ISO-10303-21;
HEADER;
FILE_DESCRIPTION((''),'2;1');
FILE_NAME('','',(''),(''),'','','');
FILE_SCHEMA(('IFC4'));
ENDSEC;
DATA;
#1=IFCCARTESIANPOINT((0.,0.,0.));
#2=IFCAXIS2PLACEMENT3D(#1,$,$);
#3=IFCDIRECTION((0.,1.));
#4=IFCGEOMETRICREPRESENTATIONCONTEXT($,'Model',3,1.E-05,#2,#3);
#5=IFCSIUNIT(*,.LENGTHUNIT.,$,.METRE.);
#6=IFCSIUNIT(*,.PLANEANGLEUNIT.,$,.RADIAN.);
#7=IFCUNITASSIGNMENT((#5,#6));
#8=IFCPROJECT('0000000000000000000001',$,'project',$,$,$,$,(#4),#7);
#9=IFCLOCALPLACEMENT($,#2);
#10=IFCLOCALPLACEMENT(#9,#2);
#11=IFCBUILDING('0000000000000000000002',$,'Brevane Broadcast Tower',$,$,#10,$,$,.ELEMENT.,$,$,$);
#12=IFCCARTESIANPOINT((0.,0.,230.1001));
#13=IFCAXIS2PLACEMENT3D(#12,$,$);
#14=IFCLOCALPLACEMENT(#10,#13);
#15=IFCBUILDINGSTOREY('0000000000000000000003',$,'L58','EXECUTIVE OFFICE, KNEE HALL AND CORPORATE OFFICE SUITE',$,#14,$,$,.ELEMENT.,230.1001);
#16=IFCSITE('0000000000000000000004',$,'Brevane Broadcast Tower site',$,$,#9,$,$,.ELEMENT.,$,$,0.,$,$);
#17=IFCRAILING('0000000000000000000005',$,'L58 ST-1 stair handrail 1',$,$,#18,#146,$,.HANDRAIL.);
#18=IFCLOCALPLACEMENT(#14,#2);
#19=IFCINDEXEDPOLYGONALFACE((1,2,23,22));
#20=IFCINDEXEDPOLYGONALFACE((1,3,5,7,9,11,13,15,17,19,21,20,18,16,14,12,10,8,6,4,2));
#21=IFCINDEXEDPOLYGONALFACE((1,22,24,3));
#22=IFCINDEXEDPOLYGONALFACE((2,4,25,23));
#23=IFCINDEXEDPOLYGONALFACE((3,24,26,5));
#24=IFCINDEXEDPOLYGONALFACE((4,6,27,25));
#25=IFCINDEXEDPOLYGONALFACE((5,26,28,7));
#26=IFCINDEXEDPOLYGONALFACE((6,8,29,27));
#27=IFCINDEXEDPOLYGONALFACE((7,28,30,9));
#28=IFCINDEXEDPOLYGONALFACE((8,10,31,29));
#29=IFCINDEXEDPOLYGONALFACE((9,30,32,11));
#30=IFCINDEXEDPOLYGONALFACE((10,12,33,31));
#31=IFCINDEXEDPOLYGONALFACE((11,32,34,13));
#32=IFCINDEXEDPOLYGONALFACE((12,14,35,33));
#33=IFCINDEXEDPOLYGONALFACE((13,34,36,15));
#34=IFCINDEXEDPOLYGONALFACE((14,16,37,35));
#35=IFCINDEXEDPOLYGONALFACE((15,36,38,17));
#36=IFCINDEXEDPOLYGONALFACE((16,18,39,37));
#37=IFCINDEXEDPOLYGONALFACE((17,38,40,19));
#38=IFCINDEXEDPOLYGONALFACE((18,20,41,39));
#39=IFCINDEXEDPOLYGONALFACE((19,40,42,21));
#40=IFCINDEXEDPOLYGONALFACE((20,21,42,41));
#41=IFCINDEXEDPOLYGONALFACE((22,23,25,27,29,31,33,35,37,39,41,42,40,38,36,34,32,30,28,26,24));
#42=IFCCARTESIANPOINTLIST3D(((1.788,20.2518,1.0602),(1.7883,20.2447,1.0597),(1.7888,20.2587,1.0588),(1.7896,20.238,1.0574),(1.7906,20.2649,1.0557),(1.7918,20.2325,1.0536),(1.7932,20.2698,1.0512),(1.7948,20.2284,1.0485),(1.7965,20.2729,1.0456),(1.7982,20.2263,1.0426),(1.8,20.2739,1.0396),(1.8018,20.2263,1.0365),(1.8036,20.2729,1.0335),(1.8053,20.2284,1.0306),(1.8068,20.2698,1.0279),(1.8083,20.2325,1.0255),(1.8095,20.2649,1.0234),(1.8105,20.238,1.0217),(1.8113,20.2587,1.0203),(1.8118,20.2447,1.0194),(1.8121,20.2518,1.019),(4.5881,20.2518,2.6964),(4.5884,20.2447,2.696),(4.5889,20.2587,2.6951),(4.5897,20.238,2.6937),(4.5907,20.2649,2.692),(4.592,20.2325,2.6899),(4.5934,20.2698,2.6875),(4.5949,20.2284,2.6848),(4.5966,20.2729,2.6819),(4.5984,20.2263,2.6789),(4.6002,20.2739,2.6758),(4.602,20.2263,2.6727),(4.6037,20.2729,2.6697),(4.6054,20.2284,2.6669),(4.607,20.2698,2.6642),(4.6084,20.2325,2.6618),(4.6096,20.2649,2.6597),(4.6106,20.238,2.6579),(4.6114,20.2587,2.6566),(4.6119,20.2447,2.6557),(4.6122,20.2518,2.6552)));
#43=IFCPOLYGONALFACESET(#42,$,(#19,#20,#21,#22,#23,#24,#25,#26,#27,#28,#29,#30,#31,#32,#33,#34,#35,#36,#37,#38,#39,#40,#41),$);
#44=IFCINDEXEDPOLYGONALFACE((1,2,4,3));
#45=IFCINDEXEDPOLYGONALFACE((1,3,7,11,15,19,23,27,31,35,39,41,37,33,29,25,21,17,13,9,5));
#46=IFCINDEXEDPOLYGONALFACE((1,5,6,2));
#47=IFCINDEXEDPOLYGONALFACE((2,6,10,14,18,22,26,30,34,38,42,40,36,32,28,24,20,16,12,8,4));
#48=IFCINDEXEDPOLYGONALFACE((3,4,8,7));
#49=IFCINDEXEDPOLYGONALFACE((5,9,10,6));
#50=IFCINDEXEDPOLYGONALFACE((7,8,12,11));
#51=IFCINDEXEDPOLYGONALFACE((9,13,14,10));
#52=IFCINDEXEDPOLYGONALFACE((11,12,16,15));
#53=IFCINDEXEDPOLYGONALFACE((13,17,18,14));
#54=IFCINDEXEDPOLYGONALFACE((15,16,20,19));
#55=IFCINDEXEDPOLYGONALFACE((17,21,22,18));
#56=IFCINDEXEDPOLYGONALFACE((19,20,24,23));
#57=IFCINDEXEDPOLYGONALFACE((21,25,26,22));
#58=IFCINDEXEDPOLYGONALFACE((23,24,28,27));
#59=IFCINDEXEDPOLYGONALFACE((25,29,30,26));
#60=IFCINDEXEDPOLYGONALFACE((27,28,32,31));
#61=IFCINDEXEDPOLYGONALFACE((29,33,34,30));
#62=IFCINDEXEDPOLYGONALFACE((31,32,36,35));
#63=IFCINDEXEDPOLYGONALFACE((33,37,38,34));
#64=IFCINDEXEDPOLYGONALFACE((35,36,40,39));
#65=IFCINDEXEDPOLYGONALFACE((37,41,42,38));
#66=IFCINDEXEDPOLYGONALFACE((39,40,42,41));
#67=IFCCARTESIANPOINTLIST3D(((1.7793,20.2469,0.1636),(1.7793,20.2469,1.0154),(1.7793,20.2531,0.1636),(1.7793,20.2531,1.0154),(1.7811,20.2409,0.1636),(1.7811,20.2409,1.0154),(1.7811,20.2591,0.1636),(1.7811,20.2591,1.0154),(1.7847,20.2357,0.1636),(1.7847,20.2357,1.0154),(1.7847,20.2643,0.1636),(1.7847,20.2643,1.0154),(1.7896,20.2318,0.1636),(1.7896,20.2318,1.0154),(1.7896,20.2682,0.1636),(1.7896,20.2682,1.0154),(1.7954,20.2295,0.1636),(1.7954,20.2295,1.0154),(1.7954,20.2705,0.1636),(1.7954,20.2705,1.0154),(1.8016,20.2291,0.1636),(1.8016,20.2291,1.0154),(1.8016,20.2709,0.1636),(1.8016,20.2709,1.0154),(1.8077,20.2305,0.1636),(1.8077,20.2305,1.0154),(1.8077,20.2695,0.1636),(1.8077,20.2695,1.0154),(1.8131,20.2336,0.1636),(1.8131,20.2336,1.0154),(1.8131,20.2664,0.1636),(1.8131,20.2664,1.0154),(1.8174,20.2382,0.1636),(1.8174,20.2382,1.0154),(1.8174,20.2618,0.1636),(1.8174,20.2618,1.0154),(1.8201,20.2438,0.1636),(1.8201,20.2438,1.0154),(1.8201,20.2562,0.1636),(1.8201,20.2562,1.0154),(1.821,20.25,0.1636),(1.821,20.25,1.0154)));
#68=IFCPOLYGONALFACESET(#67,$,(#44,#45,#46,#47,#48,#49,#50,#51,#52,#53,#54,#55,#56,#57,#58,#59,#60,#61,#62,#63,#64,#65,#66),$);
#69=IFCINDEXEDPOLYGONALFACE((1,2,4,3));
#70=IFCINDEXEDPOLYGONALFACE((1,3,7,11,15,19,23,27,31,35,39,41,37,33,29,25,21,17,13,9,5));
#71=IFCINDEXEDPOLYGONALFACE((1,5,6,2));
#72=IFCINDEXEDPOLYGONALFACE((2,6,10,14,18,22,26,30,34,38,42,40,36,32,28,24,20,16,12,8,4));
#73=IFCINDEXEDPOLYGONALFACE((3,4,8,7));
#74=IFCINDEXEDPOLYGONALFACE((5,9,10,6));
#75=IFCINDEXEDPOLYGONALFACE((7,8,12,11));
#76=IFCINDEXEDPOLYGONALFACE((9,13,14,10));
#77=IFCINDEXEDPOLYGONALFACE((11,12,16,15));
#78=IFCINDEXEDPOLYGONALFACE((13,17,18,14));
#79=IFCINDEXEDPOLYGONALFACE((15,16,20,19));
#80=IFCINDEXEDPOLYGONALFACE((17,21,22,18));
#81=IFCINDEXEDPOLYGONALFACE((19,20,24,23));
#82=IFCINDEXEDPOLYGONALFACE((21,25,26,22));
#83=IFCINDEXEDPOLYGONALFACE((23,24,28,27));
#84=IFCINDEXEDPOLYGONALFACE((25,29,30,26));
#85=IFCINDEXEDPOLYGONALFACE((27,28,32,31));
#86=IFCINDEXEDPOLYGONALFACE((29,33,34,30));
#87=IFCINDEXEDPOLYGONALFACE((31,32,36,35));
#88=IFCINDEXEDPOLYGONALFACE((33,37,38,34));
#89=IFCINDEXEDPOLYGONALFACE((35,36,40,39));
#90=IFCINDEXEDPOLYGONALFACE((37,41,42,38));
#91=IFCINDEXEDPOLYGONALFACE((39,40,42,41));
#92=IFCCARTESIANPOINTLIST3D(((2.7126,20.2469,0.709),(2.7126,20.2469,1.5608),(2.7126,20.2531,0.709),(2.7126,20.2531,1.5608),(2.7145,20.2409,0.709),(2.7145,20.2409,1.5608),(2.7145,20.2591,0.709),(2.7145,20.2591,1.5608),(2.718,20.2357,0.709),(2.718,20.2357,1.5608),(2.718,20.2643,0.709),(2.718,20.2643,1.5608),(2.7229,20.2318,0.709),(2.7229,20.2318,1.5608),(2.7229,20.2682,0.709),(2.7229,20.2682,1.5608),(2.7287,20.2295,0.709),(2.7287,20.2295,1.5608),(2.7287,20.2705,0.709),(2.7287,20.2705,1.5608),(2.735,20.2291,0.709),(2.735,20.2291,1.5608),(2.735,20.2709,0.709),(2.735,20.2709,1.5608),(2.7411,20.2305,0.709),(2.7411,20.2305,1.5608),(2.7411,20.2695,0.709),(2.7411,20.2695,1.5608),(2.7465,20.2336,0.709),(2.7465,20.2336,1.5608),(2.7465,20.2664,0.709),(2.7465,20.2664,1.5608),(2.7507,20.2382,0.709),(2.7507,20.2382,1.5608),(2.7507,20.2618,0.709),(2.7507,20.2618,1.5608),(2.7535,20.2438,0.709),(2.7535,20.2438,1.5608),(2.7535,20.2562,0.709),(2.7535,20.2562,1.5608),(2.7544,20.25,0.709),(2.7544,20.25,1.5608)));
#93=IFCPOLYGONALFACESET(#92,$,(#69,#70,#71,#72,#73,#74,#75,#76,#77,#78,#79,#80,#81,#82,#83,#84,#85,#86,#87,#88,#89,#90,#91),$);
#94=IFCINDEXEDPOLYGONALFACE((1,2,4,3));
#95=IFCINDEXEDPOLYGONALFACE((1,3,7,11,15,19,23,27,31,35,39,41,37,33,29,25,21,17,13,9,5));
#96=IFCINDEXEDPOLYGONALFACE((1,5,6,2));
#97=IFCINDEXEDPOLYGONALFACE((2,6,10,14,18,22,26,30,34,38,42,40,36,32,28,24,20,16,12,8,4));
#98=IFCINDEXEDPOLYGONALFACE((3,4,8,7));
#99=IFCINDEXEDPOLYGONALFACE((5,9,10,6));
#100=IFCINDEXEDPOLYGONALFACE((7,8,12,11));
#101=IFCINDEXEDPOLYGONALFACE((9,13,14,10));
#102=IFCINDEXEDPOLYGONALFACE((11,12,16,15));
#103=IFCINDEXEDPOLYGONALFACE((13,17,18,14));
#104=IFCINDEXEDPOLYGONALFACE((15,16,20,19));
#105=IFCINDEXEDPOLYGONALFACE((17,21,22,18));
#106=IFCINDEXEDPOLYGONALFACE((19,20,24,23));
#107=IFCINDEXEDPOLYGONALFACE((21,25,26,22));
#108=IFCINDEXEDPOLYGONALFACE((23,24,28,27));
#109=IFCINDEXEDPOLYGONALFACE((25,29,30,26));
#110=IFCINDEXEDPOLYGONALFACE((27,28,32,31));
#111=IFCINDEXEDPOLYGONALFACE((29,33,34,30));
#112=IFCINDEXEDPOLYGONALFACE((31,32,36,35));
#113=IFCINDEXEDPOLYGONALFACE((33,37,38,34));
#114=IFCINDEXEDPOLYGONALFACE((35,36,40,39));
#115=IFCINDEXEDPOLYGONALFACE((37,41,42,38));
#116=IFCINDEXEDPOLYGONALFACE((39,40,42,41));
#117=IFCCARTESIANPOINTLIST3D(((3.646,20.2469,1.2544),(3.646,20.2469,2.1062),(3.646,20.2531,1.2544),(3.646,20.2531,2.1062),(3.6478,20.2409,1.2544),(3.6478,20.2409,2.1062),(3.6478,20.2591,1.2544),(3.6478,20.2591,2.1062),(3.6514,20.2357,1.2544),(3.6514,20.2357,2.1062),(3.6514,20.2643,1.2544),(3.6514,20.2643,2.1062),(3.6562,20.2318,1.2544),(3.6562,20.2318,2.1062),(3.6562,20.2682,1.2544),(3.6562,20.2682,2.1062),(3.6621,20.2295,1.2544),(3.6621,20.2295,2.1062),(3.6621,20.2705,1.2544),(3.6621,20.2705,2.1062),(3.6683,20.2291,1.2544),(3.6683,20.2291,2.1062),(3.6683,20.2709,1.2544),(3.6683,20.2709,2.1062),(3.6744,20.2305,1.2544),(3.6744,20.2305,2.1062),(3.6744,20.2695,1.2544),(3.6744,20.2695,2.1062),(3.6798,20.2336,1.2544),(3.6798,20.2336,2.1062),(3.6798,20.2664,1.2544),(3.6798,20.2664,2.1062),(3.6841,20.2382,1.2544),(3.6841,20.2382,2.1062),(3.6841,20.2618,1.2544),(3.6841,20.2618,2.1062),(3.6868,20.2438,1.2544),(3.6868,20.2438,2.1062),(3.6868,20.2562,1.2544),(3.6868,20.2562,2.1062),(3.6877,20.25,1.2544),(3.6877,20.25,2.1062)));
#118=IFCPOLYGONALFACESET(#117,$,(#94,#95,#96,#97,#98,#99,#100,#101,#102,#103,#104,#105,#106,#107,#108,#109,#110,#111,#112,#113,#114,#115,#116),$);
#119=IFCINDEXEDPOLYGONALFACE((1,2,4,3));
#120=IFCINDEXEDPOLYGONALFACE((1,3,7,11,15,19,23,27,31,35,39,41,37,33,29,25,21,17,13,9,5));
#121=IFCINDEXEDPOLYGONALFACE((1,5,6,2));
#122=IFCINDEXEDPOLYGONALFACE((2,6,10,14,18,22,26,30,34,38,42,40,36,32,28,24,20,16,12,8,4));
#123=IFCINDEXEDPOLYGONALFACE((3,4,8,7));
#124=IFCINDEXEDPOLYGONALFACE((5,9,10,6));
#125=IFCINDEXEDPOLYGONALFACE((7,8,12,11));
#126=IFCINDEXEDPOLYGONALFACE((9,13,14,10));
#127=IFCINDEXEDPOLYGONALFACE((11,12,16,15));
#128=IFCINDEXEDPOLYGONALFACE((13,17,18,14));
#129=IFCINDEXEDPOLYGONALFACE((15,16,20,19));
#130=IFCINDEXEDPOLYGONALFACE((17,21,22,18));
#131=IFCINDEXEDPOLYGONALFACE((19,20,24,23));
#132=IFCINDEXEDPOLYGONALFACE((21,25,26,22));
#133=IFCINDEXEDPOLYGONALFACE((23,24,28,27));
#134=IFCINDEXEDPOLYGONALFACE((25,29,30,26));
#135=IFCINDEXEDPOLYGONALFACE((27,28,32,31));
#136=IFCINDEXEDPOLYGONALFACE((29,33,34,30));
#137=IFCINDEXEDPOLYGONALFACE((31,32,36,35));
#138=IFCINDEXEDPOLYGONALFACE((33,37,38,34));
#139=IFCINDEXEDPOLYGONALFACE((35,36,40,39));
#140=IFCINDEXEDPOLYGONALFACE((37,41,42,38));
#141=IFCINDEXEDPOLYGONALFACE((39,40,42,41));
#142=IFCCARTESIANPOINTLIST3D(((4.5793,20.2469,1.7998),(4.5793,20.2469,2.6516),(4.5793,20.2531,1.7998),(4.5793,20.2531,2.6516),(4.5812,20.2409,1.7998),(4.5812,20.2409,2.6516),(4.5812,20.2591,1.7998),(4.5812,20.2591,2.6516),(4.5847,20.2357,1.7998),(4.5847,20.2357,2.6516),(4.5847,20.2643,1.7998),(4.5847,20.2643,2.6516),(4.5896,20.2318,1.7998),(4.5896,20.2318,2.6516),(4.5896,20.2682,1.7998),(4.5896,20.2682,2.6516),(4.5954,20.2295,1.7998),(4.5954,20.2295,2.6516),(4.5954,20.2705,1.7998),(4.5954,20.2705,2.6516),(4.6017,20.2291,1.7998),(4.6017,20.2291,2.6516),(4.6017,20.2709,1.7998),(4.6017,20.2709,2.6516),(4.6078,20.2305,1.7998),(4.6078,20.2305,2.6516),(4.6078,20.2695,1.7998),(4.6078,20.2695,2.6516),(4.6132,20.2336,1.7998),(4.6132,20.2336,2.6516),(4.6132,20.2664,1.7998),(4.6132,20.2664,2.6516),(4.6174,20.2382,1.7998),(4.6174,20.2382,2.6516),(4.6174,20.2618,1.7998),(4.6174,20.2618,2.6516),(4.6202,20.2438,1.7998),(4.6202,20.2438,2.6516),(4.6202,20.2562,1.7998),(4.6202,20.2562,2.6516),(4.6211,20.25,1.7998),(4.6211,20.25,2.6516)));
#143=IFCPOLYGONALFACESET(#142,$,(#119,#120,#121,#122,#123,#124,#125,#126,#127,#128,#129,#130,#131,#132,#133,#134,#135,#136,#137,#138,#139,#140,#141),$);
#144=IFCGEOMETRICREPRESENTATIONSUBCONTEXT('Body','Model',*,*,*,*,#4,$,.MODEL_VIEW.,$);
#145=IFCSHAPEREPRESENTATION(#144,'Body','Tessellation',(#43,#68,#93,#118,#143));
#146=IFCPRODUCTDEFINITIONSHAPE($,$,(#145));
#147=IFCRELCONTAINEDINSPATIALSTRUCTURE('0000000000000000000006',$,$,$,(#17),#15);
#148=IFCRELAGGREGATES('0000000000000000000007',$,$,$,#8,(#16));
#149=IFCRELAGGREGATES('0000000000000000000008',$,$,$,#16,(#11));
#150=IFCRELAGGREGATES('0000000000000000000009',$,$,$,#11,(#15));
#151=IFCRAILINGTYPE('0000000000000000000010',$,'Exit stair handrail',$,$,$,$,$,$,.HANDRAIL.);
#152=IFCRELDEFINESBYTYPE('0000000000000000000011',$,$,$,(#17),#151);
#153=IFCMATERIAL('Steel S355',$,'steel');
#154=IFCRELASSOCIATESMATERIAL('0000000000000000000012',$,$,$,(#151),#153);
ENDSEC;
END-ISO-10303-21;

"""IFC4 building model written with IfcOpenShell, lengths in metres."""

from ifc_helpers import new_model, si_unit, direction, frame, origin, origin_2d, place, context, subcontext, project, spatial, circle, extrude, material, type_object, element, save


model = new_model("IFC4")

# Units and contexts
model_context = context("Model", 3, precision=1e-05, world=origin(), true_north=direction((0.0, 1.0)))
body_context = subcontext(model_context, "Body", "Model", "MODEL_VIEW")
ifc_project = project(units=[si_unit("LENGTHUNIT", "METRE"), si_unit("PLANEANGLEUNIT", "RADIAN")], contexts=[model_context])

# Site, building, storey
site_placement = place(None, origin())
site = spatial("IfcSite", under=ifc_project, at=site_placement, Name="Brevane Broadcast Tower site", CompositionType="ELEMENT", RefElevation=0.0)
building_placement = place(site_placement, origin())
building = spatial("IfcBuilding", under=site, at=building_placement, Name="Brevane Broadcast Tower", CompositionType="ELEMENT")
storey_placement = place(building_placement, frame((0.0, 0.0, 230.1001)))
storey = spatial("IfcBuildingStorey", under=building, at=storey_placement, Name="L58", Description="EXECUTIVE OFFICE, KNEE HALL AND CORPORATE OFFICE SUITE", CompositionType="ELEMENT", Elevation=230.1001)

# Railing
ifc_material_1 = material(Name="Steel S355", Category="steel")
railing_type_1 = type_object("IfcRailingType", Name="Exit stair handrail", PredefinedType="HANDRAIL", material=ifc_material_1)
railing_1_placement = place(storey_placement, frame((1.8, 20.25, 0.1636)))
element("IfcRailing", 1, at=railing_1_placement, inside=storey, type_object=railing_type_1, Name="L58 ST-1 stair handrail 1", PredefinedType="HANDRAIL", context=body_context, shape_type="SweptSolid", body=[
    extrude(circle(Radius=0.0239, at=origin_2d()), frame((0.0, 0.0, 0.876), z_axis=(0.863394, 0.0, 0.504531), x_axis=(0.0, 1.0, 0.0)), (0.0, 0.0, 1.0), 3.2432),
    extrude(circle(Radius=0.021, at=origin_2d()), origin(), (0.0, 0.0, 1.0), 0.8518),
    extrude(circle(Radius=0.021, at=origin_2d()), frame((0.9333, 0.0, 0.5454)), (0.0, 0.0, 1.0), 0.8518),
    extrude(circle(Radius=0.021, at=origin_2d()), frame((1.8667, 0.0, 1.0908)), (0.0, 0.0, 1.0), 0.8518),
    extrude(circle(Radius=0.021, at=origin_2d()), frame((2.8, 0.0, 1.6362)), (0.0, 0.0, 1.0), 0.8518),
])

save(model, "model.ifc")
